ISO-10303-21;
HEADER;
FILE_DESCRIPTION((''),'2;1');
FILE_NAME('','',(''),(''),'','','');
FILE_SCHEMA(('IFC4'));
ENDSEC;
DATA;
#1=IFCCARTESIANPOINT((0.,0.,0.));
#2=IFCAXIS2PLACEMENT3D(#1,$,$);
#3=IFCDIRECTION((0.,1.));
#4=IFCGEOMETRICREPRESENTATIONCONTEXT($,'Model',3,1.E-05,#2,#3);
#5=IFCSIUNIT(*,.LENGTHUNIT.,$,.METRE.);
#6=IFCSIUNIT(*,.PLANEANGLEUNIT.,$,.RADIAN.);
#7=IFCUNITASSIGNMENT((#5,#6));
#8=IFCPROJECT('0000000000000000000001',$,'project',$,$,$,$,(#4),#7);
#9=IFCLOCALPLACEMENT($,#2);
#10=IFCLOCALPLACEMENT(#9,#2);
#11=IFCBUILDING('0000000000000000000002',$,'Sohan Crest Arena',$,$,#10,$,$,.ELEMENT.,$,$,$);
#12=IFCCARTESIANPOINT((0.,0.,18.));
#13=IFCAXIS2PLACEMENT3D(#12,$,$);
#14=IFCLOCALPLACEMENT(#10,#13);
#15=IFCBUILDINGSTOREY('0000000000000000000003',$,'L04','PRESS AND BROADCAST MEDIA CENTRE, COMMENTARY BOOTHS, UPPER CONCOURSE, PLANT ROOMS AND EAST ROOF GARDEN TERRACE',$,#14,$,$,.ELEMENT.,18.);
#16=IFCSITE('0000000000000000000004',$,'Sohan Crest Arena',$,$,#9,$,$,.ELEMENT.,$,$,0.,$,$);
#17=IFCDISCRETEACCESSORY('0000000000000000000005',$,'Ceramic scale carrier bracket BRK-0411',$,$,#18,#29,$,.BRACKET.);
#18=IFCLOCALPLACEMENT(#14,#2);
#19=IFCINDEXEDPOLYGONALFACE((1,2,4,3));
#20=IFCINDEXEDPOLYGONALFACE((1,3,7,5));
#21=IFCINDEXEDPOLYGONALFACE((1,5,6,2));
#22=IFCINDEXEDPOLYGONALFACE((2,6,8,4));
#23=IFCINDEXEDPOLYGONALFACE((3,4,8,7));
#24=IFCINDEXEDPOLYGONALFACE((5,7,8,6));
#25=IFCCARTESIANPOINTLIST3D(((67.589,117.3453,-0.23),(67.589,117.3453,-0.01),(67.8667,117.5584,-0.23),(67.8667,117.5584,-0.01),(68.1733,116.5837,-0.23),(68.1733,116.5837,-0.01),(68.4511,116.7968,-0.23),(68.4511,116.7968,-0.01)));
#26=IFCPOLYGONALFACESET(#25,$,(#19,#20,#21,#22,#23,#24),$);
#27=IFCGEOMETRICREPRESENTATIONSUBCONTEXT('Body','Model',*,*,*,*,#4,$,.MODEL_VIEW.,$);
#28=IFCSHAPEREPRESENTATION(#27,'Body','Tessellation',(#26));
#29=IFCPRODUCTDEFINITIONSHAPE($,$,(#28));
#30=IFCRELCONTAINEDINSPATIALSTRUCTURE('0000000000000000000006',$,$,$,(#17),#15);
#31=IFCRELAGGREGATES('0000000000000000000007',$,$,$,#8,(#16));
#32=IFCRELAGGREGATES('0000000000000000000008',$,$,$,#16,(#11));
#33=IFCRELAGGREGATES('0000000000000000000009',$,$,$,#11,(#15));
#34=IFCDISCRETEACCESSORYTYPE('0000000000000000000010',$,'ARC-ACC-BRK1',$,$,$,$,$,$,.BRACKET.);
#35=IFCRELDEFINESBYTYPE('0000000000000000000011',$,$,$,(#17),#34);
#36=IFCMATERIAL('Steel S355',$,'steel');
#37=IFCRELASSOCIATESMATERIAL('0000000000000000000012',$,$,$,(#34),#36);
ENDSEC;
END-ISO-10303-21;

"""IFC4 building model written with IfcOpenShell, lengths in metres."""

from ifc_helpers import new_model, si_unit, direction, frame, origin, origin_2d, place, context, subcontext, project, spatial, rectangle, extrude, material, type_object, element, save


model = new_model("IFC4")

# Units and contexts
model_context = context("Model", 3, precision=1e-05, world=origin(), true_north=direction((0.0, 1.0)))
body_context = subcontext(model_context, "Body", "Model", "MODEL_VIEW")
ifc_project = project(units=[si_unit("LENGTHUNIT", "METRE"), si_unit("PLANEANGLEUNIT", "RADIAN")], contexts=[model_context])

# Site, building, storey
site_placement = place(None, origin())
site = spatial("IfcSite", under=ifc_project, at=site_placement, Name="Sohan Crest Arena", CompositionType="ELEMENT", RefElevation=0.0)
building_placement = place(site_placement, origin())
building = spatial("IfcBuilding", under=site, at=building_placement, Name="Sohan Crest Arena", CompositionType="ELEMENT")
storey_placement = place(building_placement, frame((0.0, 0.0, 18.0)))
storey = spatial("IfcBuildingStorey", under=building, at=storey_placement, Name="L04", Description="PRESS AND BROADCAST MEDIA CENTRE, COMMENTARY BOOTHS, UPPER CONCOURSE, PLANT ROOMS AND EAST ROOF GARDEN TERRACE", CompositionType="ELEMENT", Elevation=18.0)

# Shared definitions
ifc_material_1 = material(Name="Steel S355", Category="steel")

# Discrete accessory
discrete_accessory_type = type_object("IfcDiscreteAccessoryType", Name="ARC-ACC-BRK1", PredefinedType="BRACKET", material=ifc_material_1)
discrete_accessory_placement = place(storey_placement, frame((68.02, 117.071, -0.23), z_axis=(0.0, 0.0, 1.0), x_axis=(-0.793353, -0.608761, 0.0)))
element("IfcDiscreteAccessory", 1, at=discrete_accessory_placement, inside=storey, type_object=discrete_accessory_type, Name="Ceramic scale carrier bracket BRK-0411", PredefinedType="BRACKET", context=body_context, shape_type="SweptSolid", body=[
    extrude(rectangle(XDim=0.3501, YDim=0.96, at=origin_2d()), origin(), (0.0, 0.0, 1.0), 0.22),
])

save(model, "model.ifc")
